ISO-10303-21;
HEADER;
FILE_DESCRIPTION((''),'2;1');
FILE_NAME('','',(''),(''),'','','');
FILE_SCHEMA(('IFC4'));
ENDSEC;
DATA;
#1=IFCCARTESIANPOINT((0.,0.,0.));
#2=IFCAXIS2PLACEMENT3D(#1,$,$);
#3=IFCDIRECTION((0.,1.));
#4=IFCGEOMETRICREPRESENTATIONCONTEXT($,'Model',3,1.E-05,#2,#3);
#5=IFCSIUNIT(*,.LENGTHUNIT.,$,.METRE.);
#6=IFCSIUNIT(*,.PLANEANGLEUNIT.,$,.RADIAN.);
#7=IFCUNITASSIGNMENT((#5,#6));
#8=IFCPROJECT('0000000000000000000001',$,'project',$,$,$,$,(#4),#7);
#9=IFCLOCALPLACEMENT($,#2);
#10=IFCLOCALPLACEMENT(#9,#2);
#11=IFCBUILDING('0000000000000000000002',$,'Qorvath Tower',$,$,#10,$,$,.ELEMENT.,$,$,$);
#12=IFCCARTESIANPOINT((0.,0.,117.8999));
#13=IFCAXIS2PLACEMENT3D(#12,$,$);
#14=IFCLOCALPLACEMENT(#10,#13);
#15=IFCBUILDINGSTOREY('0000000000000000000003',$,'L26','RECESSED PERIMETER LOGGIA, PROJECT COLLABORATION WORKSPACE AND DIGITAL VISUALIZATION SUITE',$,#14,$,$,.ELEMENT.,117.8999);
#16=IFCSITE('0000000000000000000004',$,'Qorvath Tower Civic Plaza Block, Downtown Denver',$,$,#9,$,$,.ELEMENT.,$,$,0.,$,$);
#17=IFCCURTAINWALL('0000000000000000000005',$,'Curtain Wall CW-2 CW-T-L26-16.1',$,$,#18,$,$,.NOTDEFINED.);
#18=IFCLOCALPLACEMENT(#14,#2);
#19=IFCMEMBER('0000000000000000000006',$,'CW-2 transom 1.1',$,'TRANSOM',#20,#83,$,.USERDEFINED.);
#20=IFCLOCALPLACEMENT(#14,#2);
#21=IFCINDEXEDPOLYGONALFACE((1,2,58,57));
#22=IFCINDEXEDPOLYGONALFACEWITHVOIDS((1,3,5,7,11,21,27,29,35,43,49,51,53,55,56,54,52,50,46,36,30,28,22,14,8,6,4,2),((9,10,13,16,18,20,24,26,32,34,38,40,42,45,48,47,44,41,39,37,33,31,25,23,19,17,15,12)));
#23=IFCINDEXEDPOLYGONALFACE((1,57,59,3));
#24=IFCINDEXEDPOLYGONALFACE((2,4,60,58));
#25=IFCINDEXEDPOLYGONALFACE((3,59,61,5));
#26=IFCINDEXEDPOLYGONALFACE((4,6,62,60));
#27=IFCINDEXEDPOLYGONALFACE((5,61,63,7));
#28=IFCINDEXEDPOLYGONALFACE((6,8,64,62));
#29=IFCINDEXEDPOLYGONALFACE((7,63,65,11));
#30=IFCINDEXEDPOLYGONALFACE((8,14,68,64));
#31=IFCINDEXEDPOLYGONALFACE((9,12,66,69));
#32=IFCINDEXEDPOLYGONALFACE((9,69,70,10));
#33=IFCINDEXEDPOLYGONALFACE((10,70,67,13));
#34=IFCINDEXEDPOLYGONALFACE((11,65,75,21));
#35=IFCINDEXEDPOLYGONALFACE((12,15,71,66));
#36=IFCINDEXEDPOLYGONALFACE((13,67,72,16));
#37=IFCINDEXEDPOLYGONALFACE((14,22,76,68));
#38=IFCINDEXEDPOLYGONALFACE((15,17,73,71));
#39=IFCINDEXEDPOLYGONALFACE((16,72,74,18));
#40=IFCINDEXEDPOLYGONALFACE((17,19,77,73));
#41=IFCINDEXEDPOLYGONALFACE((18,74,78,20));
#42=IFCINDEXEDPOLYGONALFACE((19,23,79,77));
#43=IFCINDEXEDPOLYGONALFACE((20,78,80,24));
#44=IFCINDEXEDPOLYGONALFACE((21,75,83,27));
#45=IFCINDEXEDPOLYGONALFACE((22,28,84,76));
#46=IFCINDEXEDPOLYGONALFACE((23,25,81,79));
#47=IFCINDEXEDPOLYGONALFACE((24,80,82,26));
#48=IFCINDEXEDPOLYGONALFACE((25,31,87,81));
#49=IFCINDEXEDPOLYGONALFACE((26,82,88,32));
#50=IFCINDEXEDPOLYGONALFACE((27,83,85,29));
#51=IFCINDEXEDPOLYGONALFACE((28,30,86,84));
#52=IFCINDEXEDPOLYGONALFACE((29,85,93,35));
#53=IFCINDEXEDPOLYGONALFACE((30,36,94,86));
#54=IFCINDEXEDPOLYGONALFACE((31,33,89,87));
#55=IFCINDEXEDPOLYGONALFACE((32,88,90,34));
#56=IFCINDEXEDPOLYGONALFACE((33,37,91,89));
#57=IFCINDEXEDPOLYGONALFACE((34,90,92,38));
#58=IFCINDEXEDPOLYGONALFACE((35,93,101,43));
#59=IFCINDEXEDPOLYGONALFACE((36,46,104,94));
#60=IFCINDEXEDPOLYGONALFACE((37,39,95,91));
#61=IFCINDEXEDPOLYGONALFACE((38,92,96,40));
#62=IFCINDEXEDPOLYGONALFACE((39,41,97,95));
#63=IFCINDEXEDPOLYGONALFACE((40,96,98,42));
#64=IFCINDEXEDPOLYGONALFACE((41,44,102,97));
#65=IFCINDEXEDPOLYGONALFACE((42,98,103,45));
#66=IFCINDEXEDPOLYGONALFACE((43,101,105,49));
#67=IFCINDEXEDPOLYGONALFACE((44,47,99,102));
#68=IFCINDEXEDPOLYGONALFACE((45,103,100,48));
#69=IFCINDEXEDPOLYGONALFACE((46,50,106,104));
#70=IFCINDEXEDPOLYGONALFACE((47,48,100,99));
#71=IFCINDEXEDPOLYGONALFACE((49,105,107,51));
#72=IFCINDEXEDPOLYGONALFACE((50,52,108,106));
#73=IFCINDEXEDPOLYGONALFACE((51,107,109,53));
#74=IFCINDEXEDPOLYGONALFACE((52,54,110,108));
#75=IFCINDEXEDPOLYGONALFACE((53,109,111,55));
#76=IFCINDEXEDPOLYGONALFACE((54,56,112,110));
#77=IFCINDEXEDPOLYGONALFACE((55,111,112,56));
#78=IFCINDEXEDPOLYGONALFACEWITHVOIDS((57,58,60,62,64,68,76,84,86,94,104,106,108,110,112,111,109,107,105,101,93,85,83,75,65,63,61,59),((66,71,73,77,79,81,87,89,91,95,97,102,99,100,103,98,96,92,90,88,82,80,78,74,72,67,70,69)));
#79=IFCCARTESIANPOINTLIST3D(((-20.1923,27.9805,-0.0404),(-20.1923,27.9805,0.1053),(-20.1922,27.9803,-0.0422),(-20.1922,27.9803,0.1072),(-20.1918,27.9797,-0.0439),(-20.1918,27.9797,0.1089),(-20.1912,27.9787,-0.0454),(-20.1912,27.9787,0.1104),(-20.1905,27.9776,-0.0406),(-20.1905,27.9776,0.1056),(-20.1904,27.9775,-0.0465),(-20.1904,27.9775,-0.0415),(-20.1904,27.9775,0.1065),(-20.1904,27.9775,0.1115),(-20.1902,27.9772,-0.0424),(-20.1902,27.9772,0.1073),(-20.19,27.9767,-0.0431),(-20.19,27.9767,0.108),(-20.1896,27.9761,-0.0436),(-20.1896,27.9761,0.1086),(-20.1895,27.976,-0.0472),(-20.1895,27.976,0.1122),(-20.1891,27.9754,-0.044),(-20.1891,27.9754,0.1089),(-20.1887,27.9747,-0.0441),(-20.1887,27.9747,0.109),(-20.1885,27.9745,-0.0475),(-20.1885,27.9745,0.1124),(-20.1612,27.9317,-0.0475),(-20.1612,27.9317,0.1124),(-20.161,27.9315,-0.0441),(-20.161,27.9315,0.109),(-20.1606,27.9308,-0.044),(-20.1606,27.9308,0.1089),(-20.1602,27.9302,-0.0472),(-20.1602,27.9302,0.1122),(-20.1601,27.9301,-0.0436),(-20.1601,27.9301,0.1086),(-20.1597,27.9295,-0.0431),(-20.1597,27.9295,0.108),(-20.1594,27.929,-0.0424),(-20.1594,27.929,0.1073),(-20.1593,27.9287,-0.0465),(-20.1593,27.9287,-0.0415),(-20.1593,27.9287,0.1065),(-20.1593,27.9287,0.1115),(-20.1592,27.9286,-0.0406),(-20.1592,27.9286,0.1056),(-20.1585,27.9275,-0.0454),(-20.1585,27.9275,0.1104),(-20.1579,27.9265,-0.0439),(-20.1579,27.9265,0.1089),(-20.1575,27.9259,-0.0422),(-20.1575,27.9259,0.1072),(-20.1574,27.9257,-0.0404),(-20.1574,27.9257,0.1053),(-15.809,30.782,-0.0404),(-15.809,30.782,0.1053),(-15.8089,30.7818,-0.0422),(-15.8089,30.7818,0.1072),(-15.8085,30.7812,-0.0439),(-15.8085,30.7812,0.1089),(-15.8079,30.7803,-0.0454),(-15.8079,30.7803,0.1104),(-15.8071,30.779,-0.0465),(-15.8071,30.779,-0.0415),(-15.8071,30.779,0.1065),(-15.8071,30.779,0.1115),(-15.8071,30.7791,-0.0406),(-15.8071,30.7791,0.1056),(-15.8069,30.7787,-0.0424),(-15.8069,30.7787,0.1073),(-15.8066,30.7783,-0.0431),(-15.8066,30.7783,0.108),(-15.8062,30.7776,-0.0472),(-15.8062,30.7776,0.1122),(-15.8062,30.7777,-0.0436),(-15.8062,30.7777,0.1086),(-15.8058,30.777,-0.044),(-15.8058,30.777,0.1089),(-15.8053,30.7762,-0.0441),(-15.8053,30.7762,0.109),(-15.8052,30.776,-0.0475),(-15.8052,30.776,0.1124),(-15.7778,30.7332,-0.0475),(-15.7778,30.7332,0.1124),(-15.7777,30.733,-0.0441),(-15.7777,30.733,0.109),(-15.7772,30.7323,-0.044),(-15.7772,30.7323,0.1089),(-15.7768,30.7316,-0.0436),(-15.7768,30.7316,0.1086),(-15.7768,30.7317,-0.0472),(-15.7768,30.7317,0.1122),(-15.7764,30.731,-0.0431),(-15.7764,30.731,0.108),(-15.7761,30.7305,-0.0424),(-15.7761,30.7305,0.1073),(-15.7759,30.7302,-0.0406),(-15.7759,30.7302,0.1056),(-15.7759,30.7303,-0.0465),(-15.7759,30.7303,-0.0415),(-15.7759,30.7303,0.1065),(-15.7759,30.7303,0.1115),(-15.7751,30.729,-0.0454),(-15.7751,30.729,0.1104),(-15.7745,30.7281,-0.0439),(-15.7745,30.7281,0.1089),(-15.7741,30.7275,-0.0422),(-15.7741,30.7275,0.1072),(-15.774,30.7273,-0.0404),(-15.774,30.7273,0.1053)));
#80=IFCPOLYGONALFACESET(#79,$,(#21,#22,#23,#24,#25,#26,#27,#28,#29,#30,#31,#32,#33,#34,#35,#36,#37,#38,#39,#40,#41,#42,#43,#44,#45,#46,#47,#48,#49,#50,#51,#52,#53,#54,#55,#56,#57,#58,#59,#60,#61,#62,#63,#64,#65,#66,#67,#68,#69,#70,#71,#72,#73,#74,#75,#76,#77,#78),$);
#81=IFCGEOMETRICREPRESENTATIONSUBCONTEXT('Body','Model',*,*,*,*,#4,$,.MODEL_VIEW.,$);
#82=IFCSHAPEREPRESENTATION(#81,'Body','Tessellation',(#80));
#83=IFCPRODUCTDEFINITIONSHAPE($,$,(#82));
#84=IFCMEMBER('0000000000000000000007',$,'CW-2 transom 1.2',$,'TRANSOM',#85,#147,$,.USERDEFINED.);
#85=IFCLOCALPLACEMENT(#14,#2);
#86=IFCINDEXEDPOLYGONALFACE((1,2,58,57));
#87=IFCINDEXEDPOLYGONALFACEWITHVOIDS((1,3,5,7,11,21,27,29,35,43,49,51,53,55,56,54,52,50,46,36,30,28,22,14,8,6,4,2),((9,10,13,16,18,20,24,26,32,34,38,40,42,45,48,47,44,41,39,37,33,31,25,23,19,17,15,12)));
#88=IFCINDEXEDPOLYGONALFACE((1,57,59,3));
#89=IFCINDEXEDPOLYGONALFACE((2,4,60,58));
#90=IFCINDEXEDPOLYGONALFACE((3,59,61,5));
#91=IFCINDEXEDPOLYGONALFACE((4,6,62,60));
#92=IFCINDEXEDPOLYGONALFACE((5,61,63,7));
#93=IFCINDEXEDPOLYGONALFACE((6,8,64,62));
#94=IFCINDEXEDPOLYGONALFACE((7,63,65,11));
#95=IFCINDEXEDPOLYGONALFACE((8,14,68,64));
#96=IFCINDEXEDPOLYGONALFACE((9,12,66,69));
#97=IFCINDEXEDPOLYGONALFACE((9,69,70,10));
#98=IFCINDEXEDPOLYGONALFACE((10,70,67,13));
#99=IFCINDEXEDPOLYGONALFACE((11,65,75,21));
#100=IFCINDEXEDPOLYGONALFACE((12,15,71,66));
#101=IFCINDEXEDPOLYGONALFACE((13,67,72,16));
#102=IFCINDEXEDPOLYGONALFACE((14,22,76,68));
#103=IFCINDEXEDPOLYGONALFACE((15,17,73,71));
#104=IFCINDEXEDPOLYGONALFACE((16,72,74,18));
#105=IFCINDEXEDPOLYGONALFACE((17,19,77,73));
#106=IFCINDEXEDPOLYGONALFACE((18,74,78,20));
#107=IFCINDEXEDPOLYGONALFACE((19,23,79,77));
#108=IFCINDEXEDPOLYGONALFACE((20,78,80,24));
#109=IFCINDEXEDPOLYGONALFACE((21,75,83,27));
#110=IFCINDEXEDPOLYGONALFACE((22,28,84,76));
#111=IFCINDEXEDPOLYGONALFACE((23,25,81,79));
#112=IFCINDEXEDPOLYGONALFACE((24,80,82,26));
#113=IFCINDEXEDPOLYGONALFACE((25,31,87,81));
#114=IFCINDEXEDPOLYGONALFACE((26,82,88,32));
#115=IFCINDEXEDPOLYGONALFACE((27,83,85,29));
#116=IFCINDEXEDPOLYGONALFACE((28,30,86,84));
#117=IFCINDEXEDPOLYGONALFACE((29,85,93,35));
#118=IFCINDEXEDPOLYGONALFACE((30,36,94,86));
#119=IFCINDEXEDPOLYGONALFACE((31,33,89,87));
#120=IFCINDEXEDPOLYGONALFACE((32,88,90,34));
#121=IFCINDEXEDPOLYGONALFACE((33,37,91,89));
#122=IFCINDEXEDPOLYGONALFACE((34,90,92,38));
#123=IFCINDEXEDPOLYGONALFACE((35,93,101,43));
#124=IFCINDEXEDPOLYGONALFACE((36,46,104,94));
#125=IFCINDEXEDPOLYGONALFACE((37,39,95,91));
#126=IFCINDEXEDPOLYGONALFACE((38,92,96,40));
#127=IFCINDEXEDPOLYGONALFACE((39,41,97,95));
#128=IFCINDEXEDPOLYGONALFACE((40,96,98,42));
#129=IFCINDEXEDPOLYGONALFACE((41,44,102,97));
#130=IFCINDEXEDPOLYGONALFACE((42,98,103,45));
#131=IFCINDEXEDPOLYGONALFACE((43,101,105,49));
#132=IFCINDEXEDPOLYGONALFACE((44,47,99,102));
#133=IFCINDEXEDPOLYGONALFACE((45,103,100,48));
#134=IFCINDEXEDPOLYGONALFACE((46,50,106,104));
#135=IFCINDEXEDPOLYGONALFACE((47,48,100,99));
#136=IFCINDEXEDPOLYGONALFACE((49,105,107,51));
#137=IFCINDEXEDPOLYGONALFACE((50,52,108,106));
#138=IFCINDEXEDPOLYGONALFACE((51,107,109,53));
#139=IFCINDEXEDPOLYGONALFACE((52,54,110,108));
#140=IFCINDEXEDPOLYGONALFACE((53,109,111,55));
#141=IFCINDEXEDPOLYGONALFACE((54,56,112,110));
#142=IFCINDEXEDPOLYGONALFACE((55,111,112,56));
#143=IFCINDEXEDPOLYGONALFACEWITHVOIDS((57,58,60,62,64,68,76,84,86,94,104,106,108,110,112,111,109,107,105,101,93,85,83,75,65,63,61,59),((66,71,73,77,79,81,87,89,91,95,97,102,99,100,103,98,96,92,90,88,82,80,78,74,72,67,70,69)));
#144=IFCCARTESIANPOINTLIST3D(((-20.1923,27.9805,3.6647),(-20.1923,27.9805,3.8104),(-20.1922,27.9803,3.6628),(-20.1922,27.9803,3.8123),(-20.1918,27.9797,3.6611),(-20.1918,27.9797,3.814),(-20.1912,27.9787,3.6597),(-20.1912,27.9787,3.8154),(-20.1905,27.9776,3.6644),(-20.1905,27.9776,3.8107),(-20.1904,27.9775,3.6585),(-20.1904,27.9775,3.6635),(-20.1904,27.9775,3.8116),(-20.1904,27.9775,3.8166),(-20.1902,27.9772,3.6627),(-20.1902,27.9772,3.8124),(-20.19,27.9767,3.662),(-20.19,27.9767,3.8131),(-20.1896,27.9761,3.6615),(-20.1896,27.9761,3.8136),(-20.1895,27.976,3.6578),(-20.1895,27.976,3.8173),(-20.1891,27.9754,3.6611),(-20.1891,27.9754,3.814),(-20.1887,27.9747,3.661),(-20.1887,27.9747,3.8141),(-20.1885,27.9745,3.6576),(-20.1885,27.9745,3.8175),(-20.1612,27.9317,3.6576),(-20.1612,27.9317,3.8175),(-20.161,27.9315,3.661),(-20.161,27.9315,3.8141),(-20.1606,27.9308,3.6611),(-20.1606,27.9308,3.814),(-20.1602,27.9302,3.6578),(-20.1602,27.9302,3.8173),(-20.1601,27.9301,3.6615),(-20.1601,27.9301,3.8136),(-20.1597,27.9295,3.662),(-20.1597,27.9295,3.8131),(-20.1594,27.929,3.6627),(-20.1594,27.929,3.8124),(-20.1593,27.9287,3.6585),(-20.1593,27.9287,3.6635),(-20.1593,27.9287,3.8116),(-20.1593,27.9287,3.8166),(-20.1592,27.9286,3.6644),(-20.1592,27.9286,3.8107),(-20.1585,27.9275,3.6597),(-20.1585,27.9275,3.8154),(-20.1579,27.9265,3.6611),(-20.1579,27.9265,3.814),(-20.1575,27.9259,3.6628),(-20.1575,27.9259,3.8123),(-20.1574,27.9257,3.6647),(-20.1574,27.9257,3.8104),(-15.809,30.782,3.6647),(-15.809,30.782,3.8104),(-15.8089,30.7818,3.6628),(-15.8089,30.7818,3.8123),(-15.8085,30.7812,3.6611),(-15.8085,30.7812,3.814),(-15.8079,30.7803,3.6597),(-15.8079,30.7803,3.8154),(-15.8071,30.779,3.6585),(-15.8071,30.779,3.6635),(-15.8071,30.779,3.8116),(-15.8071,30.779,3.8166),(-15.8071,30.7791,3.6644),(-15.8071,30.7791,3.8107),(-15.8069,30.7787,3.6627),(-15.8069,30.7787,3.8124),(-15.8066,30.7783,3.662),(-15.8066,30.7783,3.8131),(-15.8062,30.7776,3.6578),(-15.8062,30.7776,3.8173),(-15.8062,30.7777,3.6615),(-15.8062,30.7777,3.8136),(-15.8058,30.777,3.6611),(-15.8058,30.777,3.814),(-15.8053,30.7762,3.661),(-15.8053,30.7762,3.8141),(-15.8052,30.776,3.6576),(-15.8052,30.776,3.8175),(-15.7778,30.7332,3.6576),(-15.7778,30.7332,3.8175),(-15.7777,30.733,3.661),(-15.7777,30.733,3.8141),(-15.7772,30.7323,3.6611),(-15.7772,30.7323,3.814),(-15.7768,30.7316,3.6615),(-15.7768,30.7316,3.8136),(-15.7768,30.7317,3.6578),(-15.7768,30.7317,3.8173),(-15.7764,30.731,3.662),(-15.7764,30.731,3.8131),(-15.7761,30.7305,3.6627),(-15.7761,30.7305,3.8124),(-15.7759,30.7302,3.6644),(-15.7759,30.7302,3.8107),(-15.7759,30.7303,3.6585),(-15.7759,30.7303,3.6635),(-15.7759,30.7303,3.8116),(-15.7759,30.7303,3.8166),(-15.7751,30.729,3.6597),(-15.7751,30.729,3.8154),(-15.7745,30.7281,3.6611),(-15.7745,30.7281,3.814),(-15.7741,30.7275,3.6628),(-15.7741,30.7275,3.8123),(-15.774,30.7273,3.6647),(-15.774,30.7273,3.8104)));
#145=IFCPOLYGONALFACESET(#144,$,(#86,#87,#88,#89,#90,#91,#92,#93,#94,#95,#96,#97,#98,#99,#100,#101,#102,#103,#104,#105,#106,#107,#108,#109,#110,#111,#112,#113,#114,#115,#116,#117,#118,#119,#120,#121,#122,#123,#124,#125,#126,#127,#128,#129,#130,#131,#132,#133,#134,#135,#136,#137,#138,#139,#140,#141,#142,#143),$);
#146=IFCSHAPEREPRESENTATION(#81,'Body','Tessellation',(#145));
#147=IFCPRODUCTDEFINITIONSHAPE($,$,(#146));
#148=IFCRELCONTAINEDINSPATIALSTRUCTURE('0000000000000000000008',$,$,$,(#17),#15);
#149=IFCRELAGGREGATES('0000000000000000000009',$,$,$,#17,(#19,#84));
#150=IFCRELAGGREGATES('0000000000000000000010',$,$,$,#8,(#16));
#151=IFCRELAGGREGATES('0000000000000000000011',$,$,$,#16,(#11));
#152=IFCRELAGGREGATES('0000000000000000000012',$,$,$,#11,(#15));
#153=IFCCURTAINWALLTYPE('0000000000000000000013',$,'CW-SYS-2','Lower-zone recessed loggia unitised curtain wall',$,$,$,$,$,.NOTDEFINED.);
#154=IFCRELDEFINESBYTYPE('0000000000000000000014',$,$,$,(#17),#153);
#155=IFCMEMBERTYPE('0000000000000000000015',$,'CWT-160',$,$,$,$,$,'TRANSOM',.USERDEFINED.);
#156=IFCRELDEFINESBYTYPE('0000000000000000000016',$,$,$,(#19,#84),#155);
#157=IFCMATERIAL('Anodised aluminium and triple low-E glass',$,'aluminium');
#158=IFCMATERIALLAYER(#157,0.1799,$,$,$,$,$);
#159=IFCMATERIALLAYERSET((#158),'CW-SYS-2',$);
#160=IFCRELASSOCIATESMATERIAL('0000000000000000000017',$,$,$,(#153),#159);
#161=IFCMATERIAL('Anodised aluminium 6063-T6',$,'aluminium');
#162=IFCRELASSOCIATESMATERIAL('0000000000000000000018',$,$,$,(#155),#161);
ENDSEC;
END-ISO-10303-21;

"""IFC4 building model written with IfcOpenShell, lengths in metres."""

from ifc_helpers import new_model, si_unit, direction, frame, origin, origin_2d, place, context, subcontext, project, spatial, hollow_rectangle, extrude, material, layer, layer_set, material_profile, profile_set, type_object, element, aggregate, save


model = new_model("IFC4")

# Units and contexts
model_context = context("Model", 3, precision=1e-05, world=origin(), true_north=direction((0.0, 1.0)))
body_context = subcontext(model_context, "Body", "Model", "MODEL_VIEW")
ifc_project = project(units=[si_unit("LENGTHUNIT", "METRE"), si_unit("PLANEANGLEUNIT", "RADIAN")], contexts=[model_context])

# Site, building, storey
site_placement = place(None, origin())
site = spatial("IfcSite", under=ifc_project, at=site_placement, Name="Qorvath Tower Civic Plaza Block, Downtown Denver", CompositionType="ELEMENT", RefElevation=0.0)
building_placement = place(site_placement, origin())
building = spatial("IfcBuilding", under=site, at=building_placement, Name="Qorvath Tower", CompositionType="ELEMENT")
storey_placement = place(building_placement, frame((0.0, 0.0, 117.8999)))
storey = spatial("IfcBuildingStorey", under=building, at=storey_placement, Name="L26", Description="RECESSED PERIMETER LOGGIA, PROJECT COLLABORATION WORKSPACE AND DIGITAL VISUALIZATION SUITE", CompositionType="ELEMENT", Elevation=117.8999)

# Curtain wall
ifc_material_1 = material(Name="Anodised aluminium and triple low-E glass", Category="aluminium")
ifc_layer_1 = layer(ifc_material_1, 0.1799)
ifc_layer_set_1 = layer_set([ifc_layer_1], Name="CW-SYS-2")
curtain_wall_type = type_object("IfcCurtainWallType", Name="CW-SYS-2", Description="Lower-zone recessed loggia unitised curtain wall", PredefinedType="NOTDEFINED", material=ifc_layer_set_1)
curtain_wall_1_placement = place(storey_placement, origin())
curtain_wall_1 = element("IfcCurtainWall", 1, at=curtain_wall_1_placement, inside=storey, type_object=curtain_wall_type, Name="Curtain Wall CW-2 CW-T-L26-16.1", PredefinedType="NOTDEFINED")

# Members
ifc_material_2 = material(Name="Anodised aluminium 6063-T6", Category="aluminium")
ifc_material_profile_1 = material_profile(ifc_material_2, hollow_rectangle(XDim=0.0649, YDim=0.1599, WallThickness=0.0034, InnerFilletRadius=0.0034, OuterFilletRadius=0.0071, at=origin_2d()), Name="CWT 160x65")
ifc_profile_set_1 = profile_set([ifc_material_profile_1], Name="Anodised aluminium 6063-T6")
member_type_1 = type_object("IfcMemberType", Name="CWT-160", ElementType="TRANSOM", PredefinedType="USERDEFINED", material=ifc_profile_set_1)
member_1_placement = place(storey_placement, frame((-15.7915, 30.7546, 0.0325), z_axis=(-0.842603, -0.538536, 0.0), x_axis=(0.538536, -0.842603, 0.0)))
member_1 = element("IfcMember", 2, at=member_1_placement, type_object=member_type_1, Name="CW-2 transom 1.1", ObjectType="TRANSOM", PredefinedType="USERDEFINED", context=body_context, shape_type="SweptSolid", body=[
    extrude(hollow_rectangle(XDim=0.0649, YDim=0.1599, WallThickness=0.0034, InnerFilletRadius=0.0034, OuterFilletRadius=0.0071, at=origin_2d()), origin(), (0.0, 0.0, 1.0), 5.2021),
])
member_2_placement = place(storey_placement, frame((-15.7915, 30.7546, 3.7375), z_axis=(-0.842603, -0.538536, 0.0), x_axis=(0.538536, -0.842603, 0.0)))
member_2 = element("IfcMember", 3, at=member_2_placement, type_object=member_type_1, Name="CW-2 transom 1.2", ObjectType="TRANSOM", PredefinedType="USERDEFINED", context=body_context, shape_type="SweptSolid", body=[
    extrude(hollow_rectangle(XDim=0.0649, YDim=0.1599, WallThickness=0.0034, InnerFilletRadius=0.0034, OuterFilletRadius=0.0071, at=origin_2d()), origin(), (0.0, 0.0, 1.0), 5.2021),
])

aggregate(curtain_wall_1, [member_1, member_2])

save(model, "model.ifc")
